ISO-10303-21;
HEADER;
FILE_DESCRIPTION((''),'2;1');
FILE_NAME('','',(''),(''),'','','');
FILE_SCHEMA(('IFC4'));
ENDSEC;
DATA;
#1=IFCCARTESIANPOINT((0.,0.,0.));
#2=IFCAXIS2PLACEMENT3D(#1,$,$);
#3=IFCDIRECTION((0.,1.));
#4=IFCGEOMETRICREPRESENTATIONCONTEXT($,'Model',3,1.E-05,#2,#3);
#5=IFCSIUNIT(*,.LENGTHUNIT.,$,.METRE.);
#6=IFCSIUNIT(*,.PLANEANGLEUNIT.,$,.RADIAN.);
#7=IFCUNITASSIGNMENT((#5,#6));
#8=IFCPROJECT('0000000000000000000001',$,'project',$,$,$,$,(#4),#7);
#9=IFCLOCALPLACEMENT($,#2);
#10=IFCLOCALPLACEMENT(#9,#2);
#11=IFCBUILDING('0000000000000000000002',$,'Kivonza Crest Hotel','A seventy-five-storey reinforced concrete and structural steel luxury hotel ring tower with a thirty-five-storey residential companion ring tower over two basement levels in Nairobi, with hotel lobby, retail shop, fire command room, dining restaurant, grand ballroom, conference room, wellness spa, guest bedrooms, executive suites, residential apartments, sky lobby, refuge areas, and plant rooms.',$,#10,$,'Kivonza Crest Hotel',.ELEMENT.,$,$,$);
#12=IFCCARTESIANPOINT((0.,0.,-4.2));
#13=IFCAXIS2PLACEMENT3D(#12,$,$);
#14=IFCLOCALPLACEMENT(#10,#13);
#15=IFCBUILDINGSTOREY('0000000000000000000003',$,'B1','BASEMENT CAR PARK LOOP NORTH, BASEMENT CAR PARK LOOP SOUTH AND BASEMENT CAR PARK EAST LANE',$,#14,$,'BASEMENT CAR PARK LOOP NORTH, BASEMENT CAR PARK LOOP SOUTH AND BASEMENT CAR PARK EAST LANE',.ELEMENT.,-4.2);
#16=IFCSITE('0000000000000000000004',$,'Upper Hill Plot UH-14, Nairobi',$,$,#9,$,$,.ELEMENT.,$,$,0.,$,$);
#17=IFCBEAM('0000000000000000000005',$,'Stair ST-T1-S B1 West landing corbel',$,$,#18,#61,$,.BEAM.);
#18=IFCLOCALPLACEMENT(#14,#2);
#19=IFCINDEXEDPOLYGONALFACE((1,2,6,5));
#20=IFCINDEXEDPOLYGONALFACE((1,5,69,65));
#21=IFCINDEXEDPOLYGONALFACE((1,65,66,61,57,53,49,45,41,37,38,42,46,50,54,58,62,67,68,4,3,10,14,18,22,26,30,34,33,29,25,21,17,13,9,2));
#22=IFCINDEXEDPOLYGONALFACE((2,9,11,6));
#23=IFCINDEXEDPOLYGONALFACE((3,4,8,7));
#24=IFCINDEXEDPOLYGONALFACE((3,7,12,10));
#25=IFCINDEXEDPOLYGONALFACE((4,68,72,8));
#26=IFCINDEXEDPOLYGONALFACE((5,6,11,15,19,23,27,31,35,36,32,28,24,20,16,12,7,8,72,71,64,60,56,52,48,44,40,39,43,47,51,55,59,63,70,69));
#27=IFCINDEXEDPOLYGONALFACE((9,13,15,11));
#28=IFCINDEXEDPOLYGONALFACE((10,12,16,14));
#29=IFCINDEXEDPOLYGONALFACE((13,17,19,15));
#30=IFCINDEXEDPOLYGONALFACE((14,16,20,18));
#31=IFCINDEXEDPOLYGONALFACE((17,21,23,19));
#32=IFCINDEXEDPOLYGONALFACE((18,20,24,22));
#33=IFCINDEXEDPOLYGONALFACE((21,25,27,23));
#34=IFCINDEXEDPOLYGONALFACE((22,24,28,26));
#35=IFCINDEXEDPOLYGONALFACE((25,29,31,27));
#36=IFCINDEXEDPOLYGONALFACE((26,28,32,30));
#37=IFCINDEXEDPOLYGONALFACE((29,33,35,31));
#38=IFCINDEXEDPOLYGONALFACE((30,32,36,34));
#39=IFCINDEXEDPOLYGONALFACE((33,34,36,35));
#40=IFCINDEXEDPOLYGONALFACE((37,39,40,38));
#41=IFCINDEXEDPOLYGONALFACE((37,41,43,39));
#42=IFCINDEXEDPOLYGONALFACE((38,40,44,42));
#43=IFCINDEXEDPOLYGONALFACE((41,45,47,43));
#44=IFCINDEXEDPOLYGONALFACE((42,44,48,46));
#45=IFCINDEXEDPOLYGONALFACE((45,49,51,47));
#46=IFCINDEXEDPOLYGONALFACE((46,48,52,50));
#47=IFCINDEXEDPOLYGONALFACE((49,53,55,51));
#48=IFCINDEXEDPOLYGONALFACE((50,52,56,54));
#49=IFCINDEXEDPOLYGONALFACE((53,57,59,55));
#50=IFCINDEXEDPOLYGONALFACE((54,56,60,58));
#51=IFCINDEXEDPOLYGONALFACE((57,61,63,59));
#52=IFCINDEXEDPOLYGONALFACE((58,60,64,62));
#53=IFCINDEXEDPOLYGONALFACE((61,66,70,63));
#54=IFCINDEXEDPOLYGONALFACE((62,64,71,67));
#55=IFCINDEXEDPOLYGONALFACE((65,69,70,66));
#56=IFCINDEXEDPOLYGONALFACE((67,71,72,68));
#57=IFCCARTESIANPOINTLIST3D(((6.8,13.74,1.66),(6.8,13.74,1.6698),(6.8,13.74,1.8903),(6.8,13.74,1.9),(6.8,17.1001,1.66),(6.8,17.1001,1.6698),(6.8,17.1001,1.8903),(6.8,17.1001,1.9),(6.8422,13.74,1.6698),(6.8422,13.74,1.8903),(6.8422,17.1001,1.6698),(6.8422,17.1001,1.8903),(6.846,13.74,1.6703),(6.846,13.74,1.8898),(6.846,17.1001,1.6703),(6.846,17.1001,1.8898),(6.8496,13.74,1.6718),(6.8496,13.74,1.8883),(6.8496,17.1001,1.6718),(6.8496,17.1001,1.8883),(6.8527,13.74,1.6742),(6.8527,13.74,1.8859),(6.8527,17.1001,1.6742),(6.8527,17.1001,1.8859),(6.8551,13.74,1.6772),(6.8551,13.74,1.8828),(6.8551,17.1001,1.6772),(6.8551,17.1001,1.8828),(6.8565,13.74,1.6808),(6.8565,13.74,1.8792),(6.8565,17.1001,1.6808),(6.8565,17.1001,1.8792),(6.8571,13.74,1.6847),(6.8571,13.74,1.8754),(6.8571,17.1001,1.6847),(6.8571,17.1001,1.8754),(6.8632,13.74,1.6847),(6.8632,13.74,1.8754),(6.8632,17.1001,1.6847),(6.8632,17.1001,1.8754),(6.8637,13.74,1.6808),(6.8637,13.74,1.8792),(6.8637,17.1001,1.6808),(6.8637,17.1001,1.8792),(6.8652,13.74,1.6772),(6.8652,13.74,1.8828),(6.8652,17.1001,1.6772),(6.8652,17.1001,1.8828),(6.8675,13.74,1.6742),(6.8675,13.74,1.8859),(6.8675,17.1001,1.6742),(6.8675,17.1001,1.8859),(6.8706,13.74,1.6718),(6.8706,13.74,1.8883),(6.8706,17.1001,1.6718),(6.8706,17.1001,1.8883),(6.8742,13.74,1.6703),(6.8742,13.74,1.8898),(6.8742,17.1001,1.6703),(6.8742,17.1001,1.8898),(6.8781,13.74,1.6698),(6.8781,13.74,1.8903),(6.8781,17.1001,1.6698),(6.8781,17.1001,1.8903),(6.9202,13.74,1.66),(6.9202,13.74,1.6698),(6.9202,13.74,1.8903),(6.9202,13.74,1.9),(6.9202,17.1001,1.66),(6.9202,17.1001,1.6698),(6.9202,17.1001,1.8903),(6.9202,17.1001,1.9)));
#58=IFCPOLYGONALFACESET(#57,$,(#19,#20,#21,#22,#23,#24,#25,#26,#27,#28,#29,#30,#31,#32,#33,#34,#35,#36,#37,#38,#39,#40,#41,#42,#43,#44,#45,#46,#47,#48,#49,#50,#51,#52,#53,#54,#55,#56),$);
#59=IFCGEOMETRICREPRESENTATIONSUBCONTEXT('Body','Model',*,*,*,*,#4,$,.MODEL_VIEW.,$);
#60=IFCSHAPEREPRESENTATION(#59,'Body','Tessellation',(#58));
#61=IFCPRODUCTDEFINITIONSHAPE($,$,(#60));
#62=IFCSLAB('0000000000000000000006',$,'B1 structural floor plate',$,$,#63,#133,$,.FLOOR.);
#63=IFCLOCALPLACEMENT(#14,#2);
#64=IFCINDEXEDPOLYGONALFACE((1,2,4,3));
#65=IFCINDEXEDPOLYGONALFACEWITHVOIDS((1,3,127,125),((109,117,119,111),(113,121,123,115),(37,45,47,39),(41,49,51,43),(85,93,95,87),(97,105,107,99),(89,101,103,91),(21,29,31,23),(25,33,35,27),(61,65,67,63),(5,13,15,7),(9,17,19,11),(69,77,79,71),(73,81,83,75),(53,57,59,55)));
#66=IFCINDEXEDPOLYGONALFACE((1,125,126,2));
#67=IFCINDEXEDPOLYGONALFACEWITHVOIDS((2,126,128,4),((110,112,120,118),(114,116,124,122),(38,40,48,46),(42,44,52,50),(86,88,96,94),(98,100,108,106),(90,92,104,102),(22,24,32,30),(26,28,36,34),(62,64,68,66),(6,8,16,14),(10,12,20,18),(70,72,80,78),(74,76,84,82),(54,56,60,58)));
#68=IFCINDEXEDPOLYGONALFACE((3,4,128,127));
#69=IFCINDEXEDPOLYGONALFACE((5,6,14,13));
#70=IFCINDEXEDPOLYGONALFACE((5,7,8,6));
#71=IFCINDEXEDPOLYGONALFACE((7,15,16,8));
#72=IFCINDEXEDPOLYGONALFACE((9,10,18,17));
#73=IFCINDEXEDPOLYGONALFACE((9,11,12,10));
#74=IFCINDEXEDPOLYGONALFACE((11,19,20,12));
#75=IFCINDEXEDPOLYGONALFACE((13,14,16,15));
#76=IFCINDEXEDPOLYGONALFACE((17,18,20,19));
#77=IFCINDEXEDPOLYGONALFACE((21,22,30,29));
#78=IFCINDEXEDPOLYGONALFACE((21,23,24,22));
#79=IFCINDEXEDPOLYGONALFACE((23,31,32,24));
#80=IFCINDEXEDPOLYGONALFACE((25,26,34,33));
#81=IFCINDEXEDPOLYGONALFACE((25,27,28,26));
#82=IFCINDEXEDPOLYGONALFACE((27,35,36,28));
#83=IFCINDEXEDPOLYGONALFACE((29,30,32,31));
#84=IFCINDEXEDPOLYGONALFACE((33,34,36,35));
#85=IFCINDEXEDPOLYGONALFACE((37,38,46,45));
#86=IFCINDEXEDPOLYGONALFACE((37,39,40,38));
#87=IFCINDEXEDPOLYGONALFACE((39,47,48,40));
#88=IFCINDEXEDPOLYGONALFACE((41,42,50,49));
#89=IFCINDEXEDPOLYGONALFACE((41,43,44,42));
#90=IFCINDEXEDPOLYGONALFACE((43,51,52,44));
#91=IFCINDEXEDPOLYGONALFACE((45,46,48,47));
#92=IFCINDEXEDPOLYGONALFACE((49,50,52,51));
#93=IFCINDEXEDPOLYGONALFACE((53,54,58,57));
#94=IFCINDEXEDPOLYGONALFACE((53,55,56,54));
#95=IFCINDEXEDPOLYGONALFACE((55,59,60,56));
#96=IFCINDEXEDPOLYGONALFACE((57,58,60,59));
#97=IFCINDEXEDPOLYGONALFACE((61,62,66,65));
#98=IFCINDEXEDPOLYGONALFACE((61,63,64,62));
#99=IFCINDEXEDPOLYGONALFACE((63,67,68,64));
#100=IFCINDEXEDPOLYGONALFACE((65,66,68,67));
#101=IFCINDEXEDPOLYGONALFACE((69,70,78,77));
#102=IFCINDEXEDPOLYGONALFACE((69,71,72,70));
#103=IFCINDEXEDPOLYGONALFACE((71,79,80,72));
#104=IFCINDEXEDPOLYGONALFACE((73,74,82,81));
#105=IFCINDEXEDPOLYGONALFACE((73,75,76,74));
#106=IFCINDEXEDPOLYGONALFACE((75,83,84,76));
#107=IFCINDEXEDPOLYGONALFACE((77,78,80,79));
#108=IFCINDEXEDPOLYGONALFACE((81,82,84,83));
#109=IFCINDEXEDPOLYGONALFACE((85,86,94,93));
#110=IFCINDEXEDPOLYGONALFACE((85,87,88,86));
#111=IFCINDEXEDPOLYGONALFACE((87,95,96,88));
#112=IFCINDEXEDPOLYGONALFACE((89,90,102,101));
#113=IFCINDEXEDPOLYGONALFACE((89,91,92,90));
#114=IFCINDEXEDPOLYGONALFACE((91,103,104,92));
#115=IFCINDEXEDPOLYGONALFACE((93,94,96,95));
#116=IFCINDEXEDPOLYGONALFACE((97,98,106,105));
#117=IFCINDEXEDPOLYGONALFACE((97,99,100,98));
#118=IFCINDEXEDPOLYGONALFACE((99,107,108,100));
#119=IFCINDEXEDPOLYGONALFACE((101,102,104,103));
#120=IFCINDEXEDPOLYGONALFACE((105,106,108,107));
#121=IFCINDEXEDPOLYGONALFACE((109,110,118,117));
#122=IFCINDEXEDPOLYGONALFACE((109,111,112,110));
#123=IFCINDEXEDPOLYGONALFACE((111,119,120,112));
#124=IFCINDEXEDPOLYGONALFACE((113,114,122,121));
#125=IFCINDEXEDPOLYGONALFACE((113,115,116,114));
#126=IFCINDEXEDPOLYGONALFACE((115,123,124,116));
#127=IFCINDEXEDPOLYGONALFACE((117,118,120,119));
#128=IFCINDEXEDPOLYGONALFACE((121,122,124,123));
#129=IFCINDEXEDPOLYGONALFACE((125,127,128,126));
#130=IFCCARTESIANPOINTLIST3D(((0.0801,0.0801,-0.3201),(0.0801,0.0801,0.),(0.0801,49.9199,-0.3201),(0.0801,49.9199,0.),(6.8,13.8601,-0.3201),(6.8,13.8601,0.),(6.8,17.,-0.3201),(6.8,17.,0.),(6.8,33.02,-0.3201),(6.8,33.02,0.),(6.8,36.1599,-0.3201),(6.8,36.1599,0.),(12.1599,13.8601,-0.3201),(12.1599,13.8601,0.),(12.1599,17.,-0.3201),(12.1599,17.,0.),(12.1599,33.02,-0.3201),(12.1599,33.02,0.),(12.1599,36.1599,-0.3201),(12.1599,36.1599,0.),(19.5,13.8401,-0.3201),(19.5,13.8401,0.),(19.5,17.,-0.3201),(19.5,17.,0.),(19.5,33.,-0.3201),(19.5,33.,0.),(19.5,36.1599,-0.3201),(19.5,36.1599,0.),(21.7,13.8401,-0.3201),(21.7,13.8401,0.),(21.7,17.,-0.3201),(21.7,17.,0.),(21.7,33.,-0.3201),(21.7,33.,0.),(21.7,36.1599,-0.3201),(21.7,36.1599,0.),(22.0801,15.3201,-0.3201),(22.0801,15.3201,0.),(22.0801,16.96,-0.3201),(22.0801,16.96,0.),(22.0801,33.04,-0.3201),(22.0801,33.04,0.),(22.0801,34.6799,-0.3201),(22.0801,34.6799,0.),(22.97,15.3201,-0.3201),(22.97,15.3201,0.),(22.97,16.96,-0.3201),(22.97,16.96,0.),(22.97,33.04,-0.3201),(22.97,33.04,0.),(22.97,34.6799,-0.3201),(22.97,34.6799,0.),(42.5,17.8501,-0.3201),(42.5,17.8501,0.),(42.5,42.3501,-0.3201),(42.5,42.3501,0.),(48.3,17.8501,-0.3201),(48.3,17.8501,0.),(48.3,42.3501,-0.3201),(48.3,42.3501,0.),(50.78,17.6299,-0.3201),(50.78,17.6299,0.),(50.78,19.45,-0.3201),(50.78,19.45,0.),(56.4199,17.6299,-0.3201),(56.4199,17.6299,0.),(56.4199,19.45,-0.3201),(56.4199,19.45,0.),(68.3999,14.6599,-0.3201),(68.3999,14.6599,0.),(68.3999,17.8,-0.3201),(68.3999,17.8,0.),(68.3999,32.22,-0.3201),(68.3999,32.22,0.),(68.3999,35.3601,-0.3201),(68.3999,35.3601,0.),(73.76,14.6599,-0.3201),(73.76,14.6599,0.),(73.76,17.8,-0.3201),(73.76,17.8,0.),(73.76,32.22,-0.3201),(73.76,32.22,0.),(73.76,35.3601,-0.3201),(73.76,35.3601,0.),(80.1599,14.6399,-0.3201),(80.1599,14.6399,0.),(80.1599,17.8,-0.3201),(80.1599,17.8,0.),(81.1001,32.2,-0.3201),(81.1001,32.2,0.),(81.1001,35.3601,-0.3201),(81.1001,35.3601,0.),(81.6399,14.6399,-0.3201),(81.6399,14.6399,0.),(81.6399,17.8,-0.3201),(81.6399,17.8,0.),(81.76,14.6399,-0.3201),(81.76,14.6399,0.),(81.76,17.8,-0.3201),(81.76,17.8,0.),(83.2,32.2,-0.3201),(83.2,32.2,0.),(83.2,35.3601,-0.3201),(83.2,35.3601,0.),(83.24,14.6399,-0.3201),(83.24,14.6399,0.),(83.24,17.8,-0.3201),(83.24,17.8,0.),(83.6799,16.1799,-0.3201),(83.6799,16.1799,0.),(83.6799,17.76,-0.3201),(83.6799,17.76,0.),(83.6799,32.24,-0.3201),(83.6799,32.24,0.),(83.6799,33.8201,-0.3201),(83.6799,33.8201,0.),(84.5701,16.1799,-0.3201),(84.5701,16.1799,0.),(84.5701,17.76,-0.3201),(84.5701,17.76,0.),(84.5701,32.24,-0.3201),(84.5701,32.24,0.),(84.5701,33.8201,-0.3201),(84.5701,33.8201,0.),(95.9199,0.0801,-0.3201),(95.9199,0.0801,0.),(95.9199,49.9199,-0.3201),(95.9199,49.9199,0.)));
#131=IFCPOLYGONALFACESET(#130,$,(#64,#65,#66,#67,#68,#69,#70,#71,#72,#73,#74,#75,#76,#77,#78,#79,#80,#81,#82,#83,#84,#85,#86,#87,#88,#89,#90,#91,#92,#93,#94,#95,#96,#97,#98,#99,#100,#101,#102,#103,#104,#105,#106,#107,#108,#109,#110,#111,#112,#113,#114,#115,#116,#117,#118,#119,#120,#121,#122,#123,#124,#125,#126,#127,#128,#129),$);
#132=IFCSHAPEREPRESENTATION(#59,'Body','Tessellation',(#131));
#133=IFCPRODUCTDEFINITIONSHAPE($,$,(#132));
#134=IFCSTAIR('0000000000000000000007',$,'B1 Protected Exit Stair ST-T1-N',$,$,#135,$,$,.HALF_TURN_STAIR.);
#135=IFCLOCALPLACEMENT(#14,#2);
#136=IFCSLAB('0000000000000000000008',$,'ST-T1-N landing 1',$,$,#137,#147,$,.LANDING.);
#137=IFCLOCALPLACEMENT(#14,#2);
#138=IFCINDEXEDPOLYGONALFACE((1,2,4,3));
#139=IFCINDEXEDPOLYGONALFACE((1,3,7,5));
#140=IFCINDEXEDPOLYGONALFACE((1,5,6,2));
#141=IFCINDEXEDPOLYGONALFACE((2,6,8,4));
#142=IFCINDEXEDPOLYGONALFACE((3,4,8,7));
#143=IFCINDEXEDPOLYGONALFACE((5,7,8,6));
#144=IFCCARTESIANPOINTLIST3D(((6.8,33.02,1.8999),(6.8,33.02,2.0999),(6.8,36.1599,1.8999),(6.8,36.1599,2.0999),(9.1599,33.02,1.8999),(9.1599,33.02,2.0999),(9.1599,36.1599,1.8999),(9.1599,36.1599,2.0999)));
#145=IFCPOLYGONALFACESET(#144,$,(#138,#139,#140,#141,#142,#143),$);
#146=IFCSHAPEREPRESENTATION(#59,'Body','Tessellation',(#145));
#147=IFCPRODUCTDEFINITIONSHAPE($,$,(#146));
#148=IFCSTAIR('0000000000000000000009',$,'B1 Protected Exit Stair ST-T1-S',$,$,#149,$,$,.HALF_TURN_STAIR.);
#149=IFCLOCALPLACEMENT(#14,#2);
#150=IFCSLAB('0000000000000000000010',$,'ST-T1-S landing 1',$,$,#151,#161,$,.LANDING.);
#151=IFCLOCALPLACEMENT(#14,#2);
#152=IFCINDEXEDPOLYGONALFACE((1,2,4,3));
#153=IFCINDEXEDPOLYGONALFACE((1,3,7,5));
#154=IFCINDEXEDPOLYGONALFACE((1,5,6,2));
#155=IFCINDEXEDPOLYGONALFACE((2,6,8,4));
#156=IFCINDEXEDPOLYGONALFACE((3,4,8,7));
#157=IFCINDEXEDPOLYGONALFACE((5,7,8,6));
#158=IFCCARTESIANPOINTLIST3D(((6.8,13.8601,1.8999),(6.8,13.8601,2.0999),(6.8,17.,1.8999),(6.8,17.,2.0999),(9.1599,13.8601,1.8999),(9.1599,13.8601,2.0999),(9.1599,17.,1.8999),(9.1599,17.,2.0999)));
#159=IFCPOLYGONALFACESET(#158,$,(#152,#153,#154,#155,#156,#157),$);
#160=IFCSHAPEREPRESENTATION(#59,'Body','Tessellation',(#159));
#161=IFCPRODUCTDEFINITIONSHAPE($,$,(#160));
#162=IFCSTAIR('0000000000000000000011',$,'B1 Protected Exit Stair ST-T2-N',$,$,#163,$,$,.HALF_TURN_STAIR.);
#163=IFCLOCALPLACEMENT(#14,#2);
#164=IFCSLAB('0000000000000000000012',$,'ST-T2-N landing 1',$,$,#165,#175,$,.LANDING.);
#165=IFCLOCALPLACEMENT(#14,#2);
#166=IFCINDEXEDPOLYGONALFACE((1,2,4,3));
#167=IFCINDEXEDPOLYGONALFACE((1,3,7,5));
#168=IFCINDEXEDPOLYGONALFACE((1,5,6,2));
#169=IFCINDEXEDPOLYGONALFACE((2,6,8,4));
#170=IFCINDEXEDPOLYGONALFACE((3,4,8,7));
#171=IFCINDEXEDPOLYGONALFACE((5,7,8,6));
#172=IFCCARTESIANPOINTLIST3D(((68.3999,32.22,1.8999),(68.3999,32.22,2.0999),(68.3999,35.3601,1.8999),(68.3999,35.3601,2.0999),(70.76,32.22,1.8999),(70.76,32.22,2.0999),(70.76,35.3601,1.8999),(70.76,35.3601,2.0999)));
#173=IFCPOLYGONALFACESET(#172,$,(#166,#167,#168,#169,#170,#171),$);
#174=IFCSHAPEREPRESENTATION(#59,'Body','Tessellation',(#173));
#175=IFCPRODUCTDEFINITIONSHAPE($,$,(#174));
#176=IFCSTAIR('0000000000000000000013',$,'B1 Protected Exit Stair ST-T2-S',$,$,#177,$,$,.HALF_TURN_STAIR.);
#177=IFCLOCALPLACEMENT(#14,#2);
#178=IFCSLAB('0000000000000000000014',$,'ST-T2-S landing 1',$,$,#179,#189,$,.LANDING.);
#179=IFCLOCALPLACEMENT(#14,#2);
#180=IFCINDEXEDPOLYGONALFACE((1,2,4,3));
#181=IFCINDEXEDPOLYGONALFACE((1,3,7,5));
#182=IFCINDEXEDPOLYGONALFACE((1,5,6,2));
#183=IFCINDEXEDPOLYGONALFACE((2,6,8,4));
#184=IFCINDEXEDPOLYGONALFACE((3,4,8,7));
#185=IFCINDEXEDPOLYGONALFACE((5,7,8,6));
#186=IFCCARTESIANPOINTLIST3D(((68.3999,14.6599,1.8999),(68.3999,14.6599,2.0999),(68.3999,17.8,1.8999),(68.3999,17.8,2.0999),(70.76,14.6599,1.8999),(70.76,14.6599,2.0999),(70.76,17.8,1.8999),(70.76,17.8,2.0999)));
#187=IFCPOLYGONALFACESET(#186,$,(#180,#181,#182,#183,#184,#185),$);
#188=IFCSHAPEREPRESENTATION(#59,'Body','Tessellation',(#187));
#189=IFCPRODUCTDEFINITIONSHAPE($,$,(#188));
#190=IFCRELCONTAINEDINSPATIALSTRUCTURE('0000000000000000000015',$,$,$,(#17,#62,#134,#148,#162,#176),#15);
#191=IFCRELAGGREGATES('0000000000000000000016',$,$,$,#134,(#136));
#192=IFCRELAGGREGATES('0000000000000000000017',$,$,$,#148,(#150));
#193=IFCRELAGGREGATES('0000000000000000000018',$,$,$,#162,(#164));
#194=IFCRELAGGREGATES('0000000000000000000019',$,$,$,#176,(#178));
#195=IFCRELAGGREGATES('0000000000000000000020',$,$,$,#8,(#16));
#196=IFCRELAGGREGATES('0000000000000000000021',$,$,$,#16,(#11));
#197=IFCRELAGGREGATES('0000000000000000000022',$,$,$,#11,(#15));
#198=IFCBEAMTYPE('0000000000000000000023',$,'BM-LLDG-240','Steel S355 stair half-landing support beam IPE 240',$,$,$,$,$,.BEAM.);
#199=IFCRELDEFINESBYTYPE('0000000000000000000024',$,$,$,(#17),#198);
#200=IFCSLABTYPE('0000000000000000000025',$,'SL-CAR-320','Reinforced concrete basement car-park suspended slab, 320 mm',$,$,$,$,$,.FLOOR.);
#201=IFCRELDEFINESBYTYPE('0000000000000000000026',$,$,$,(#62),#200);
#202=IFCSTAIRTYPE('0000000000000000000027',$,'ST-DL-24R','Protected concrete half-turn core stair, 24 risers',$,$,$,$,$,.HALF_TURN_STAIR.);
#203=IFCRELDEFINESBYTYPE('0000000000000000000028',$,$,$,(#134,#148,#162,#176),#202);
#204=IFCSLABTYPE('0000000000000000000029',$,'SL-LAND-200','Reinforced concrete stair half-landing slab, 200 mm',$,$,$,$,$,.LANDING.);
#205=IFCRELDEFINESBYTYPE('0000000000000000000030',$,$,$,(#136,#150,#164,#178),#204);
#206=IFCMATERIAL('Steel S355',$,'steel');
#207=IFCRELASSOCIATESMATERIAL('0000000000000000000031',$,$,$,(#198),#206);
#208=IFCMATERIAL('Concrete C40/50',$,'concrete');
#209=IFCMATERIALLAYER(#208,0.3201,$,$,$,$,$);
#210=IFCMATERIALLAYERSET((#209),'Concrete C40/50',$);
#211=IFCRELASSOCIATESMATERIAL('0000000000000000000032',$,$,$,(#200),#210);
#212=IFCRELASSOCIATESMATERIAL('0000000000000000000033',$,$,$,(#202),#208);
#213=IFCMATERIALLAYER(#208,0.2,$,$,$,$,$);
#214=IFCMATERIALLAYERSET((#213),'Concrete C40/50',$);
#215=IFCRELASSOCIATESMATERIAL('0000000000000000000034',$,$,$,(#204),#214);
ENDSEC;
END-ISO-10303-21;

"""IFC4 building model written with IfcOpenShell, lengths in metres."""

from ifc_helpers import new_model, si_unit, direction, frame, origin, origin_2d, place, context, subcontext, project, spatial, polyline, i_section, outline, extrude, material, layer, layer_set, material_profile, profile_set, type_object, element, aggregate, save


model = new_model("IFC4")

# Units and contexts
model_context = context("Model", 3, precision=1e-05, world=origin(), true_north=direction((0.0, 1.0)))
body_context = subcontext(model_context, "Body", "Model", "MODEL_VIEW")
ifc_project = project(units=[si_unit("LENGTHUNIT", "METRE"), si_unit("PLANEANGLEUNIT", "RADIAN")], contexts=[model_context])

# Site, building, storey
site_placement = place(None, origin())
site = spatial("IfcSite", under=ifc_project, at=site_placement, Name="Upper Hill Plot UH-14, Nairobi", CompositionType="ELEMENT", RefElevation=0.0)
building_placement = place(site_placement, origin())
building = spatial("IfcBuilding", under=site, at=building_placement, Name="Kivonza Crest Hotel", Description="A seventy-five-storey reinforced concrete and structural steel luxury hotel ring tower with a thirty-five-storey residential companion ring tower over two basement levels in Nairobi, with hotel lobby, retail shop, fire command room, dining restaurant, grand ballroom, conference room, wellness spa, guest bedrooms, executive suites, residential apartments, sky lobby, refuge areas, and plant rooms.", LongName="Kivonza Crest Hotel", CompositionType="ELEMENT")
storey_placement = place(building_placement, frame((0.0, 0.0, -4.2)))
storey = spatial("IfcBuildingStorey", under=building, at=storey_placement, Name="B1", Description="BASEMENT CAR PARK LOOP NORTH, BASEMENT CAR PARK LOOP SOUTH AND BASEMENT CAR PARK EAST LANE", LongName="BASEMENT CAR PARK LOOP NORTH, BASEMENT CAR PARK LOOP SOUTH AND BASEMENT CAR PARK EAST LANE", CompositionType="ELEMENT", Elevation=-4.2)

# Beam
ifc_material_1 = material(Name="Steel S355", Category="steel")
ifc_material_profile_1 = material_profile(ifc_material_1, i_section(OverallWidth=0.1201, OverallDepth=0.24, WebThickness=0.0061, FlangeThickness=0.0098, FilletRadius=0.0149, at=origin_2d()), Name="IPE 240")
ifc_profile_set_1 = profile_set([ifc_material_profile_1], Name="Steel S355")
beam_type_1 = type_object("IfcBeamType", Name="BM-LLDG-240", Description="Steel S355 stair half-landing support beam IPE 240", PredefinedType="BEAM", material=ifc_profile_set_1)
beam_1_placement = place(storey_placement, frame((6.8601, 13.74, 1.78), z_axis=(0.0, 1.0, 0.0), x_axis=(-1.0, 0.0, 0.0)))
element("IfcBeam", 1, at=beam_1_placement, inside=storey, type_object=beam_type_1, Name="Stair ST-T1-S B1 West landing corbel", PredefinedType="BEAM", context=body_context, shape_type="SweptSolid", body=[
    extrude(i_section(OverallWidth=0.1201, OverallDepth=0.24, WebThickness=0.0061, FlangeThickness=0.0098, FilletRadius=0.0149, at=origin_2d()), origin(), (0.0, 0.0, 1.0), 3.3601),
])

# Slab
ifc_material_2 = material(Name="Concrete C40/50", Category="concrete")
ifc_layer_1 = layer(ifc_material_2, 0.3201)
ifc_layer_set_1 = layer_set([ifc_layer_1], Name="Concrete C40/50")
slab_type_1 = type_object("IfcSlabType", Name="SL-CAR-320", Description="Reinforced concrete basement car-park suspended slab, 320 mm", PredefinedType="FLOOR", material=ifc_layer_set_1)
slab_1_placement = place(storey_placement, frame((0.0, 0.0, -0.3201)))
element("IfcSlab", 2, at=slab_1_placement, inside=storey, type_object=slab_type_1, Name="B1 structural floor plate", PredefinedType="FLOOR", context=body_context, shape_type="SweptSolid", body=[
    extrude(outline(polyline([(0.0801, 0.0801), (95.9199, 0.0801), (95.9199, 49.9199), (0.0801, 49.9199), (0.0801, 0.0801)]), holes=[polyline([(6.8, 33.02), (12.1599, 33.02), (12.1599, 36.1599), (6.8, 36.1599), (6.8, 33.02)]), polyline([(6.8, 13.8601), (12.1599, 13.8601), (12.1599, 17.0), (6.8, 17.0), (6.8, 13.8601)]), polyline([(68.3999, 32.22), (73.76, 32.22), (73.76, 35.3601), (68.3999, 35.3601), (68.3999, 32.22)]), polyline([(68.3999, 14.6599), (73.76, 14.6599), (73.76, 17.8), (68.3999, 17.8), (68.3999, 14.6599)]), polyline([(22.0801, 33.04), (22.97, 33.04), (22.97, 34.6799), (22.0801, 34.6799), (22.0801, 33.04)]), polyline([(22.0801, 15.3201), (22.97, 15.3201), (22.97, 16.96), (22.0801, 16.96), (22.0801, 15.3201)]), polyline([(83.6799, 32.24), (84.5701, 32.24), (84.5701, 33.8201), (83.6799, 33.8201), (83.6799, 32.24)]), polyline([(83.6799, 16.1799), (84.5701, 16.1799), (84.5701, 17.76), (83.6799, 17.76), (83.6799, 16.1799)]), polyline([(19.5, 33.0), (21.7, 33.0), (21.7, 36.1599), (19.5, 36.1599), (19.5, 33.0)]), polyline([(19.5, 13.8401), (21.7, 13.8401), (21.7, 17.0), (19.5, 17.0), (19.5, 13.8401)]), polyline([(81.1001, 32.2), (83.2, 32.2), (83.2, 35.3601), (81.1001, 35.3601), (81.1001, 32.2)]), polyline([(80.1599, 14.6399), (81.6399, 14.6399), (81.6399, 17.8), (80.1599, 17.8), (80.1599, 14.6399)]), polyline([(81.76, 14.6399), (83.24, 14.6399), (83.24, 17.8), (81.76, 17.8), (81.76, 14.6399)]), polyline([(42.5, 17.8501), (48.3, 17.8501), (48.3, 42.3501), (42.5, 42.3501), (42.5, 17.8501)]), polyline([(50.78, 17.6299), (56.4199, 17.6299), (56.4199, 19.45), (50.78, 19.45), (50.78, 17.6299)])]), origin(), (0.0, 0.0, 1.0), 0.3201),
])

# Stairs, slabs
stair_type = type_object("IfcStairType", Name="ST-DL-24R", Description="Protected concrete half-turn core stair, 24 risers", PredefinedType="HALF_TURN_STAIR", material=ifc_material_2)
stair_1_placement = place(storey_placement, origin())
stair_1 = element("IfcStair", 3, at=stair_1_placement, inside=storey, type_object=stair_type, Name="B1 Protected Exit Stair ST-T1-N", PredefinedType="HALF_TURN_STAIR")
ifc_layer_2 = layer(ifc_material_2, 0.2)
ifc_layer_set_2 = layer_set([ifc_layer_2], Name="Concrete C40/50")
slab_type_2 = type_object("IfcSlabType", Name="SL-LAND-200", Description="Reinforced concrete stair half-landing slab, 200 mm", PredefinedType="LANDING", material=ifc_layer_set_2)
slab_2_placement = place(storey_placement, frame((0.0, 0.0, 1.8999)))
slab_2 = element("IfcSlab", 4, at=slab_2_placement, type_object=slab_type_2, Name="ST-T1-N landing 1", PredefinedType="LANDING", context=body_context, shape_type="SweptSolid", body=[
    extrude(outline(polyline([(9.1599, 36.1599), (6.8, 36.1599), (6.8, 33.02), (9.1599, 33.02), (9.1599, 36.1599)])), origin(), (0.0, 0.0, 1.0), 0.2),
])
aggregate(stair_1, [slab_2])
stair_2_placement = place(storey_placement, origin())
stair_2 = element("IfcStair", 5, at=stair_2_placement, inside=storey, type_object=stair_type, Name="B1 Protected Exit Stair ST-T1-S", PredefinedType="HALF_TURN_STAIR")
slab_3_placement = place(storey_placement, frame((0.0, 0.0, 1.8999)))
slab_3 = element("IfcSlab", 6, at=slab_3_placement, type_object=slab_type_2, Name="ST-T1-S landing 1", PredefinedType="LANDING", context=body_context, shape_type="SweptSolid", body=[
    extrude(outline(polyline([(9.1599, 17.0), (6.8, 17.0), (6.8, 13.8601), (9.1599, 13.8601), (9.1599, 17.0)])), origin(), (0.0, 0.0, 1.0), 0.2),
])
aggregate(stair_2, [slab_3])
stair_3_placement = place(storey_placement, origin())
stair_3 = element("IfcStair", 7, at=stair_3_placement, inside=storey, type_object=stair_type, Name="B1 Protected Exit Stair ST-T2-N", PredefinedType="HALF_TURN_STAIR")
slab_4_placement = place(storey_placement, frame((0.0, 0.0, 1.8999)))
slab_4 = element("IfcSlab", 8, at=slab_4_placement, type_object=slab_type_2, Name="ST-T2-N landing 1", PredefinedType="LANDING", context=body_context, shape_type="SweptSolid", body=[
    extrude(outline(polyline([(70.76, 35.3601), (68.3999, 35.3601), (68.3999, 32.22), (70.76, 32.22), (70.76, 35.3601)])), origin(), (0.0, 0.0, 1.0), 0.2),
])
aggregate(stair_3, [slab_4])
stair_4_placement = place(storey_placement, origin())
stair_4 = element("IfcStair", 9, at=stair_4_placement, inside=storey, type_object=stair_type, Name="B1 Protected Exit Stair ST-T2-S", PredefinedType="HALF_TURN_STAIR")
slab_5_placement = place(storey_placement, frame((0.0, 0.0, 1.8999)))
slab_5 = element("IfcSlab", 10, at=slab_5_placement, type_object=slab_type_2, Name="ST-T2-S landing 1", PredefinedType="LANDING", context=body_context, shape_type="SweptSolid", body=[
    extrude(outline(polyline([(70.76, 17.8), (68.3999, 17.8), (68.3999, 14.6599), (70.76, 14.6599), (70.76, 17.8)])), origin(), (0.0, 0.0, 1.0), 0.2),
])
aggregate(stair_4, [slab_5])

save(model, "model.ifc")
